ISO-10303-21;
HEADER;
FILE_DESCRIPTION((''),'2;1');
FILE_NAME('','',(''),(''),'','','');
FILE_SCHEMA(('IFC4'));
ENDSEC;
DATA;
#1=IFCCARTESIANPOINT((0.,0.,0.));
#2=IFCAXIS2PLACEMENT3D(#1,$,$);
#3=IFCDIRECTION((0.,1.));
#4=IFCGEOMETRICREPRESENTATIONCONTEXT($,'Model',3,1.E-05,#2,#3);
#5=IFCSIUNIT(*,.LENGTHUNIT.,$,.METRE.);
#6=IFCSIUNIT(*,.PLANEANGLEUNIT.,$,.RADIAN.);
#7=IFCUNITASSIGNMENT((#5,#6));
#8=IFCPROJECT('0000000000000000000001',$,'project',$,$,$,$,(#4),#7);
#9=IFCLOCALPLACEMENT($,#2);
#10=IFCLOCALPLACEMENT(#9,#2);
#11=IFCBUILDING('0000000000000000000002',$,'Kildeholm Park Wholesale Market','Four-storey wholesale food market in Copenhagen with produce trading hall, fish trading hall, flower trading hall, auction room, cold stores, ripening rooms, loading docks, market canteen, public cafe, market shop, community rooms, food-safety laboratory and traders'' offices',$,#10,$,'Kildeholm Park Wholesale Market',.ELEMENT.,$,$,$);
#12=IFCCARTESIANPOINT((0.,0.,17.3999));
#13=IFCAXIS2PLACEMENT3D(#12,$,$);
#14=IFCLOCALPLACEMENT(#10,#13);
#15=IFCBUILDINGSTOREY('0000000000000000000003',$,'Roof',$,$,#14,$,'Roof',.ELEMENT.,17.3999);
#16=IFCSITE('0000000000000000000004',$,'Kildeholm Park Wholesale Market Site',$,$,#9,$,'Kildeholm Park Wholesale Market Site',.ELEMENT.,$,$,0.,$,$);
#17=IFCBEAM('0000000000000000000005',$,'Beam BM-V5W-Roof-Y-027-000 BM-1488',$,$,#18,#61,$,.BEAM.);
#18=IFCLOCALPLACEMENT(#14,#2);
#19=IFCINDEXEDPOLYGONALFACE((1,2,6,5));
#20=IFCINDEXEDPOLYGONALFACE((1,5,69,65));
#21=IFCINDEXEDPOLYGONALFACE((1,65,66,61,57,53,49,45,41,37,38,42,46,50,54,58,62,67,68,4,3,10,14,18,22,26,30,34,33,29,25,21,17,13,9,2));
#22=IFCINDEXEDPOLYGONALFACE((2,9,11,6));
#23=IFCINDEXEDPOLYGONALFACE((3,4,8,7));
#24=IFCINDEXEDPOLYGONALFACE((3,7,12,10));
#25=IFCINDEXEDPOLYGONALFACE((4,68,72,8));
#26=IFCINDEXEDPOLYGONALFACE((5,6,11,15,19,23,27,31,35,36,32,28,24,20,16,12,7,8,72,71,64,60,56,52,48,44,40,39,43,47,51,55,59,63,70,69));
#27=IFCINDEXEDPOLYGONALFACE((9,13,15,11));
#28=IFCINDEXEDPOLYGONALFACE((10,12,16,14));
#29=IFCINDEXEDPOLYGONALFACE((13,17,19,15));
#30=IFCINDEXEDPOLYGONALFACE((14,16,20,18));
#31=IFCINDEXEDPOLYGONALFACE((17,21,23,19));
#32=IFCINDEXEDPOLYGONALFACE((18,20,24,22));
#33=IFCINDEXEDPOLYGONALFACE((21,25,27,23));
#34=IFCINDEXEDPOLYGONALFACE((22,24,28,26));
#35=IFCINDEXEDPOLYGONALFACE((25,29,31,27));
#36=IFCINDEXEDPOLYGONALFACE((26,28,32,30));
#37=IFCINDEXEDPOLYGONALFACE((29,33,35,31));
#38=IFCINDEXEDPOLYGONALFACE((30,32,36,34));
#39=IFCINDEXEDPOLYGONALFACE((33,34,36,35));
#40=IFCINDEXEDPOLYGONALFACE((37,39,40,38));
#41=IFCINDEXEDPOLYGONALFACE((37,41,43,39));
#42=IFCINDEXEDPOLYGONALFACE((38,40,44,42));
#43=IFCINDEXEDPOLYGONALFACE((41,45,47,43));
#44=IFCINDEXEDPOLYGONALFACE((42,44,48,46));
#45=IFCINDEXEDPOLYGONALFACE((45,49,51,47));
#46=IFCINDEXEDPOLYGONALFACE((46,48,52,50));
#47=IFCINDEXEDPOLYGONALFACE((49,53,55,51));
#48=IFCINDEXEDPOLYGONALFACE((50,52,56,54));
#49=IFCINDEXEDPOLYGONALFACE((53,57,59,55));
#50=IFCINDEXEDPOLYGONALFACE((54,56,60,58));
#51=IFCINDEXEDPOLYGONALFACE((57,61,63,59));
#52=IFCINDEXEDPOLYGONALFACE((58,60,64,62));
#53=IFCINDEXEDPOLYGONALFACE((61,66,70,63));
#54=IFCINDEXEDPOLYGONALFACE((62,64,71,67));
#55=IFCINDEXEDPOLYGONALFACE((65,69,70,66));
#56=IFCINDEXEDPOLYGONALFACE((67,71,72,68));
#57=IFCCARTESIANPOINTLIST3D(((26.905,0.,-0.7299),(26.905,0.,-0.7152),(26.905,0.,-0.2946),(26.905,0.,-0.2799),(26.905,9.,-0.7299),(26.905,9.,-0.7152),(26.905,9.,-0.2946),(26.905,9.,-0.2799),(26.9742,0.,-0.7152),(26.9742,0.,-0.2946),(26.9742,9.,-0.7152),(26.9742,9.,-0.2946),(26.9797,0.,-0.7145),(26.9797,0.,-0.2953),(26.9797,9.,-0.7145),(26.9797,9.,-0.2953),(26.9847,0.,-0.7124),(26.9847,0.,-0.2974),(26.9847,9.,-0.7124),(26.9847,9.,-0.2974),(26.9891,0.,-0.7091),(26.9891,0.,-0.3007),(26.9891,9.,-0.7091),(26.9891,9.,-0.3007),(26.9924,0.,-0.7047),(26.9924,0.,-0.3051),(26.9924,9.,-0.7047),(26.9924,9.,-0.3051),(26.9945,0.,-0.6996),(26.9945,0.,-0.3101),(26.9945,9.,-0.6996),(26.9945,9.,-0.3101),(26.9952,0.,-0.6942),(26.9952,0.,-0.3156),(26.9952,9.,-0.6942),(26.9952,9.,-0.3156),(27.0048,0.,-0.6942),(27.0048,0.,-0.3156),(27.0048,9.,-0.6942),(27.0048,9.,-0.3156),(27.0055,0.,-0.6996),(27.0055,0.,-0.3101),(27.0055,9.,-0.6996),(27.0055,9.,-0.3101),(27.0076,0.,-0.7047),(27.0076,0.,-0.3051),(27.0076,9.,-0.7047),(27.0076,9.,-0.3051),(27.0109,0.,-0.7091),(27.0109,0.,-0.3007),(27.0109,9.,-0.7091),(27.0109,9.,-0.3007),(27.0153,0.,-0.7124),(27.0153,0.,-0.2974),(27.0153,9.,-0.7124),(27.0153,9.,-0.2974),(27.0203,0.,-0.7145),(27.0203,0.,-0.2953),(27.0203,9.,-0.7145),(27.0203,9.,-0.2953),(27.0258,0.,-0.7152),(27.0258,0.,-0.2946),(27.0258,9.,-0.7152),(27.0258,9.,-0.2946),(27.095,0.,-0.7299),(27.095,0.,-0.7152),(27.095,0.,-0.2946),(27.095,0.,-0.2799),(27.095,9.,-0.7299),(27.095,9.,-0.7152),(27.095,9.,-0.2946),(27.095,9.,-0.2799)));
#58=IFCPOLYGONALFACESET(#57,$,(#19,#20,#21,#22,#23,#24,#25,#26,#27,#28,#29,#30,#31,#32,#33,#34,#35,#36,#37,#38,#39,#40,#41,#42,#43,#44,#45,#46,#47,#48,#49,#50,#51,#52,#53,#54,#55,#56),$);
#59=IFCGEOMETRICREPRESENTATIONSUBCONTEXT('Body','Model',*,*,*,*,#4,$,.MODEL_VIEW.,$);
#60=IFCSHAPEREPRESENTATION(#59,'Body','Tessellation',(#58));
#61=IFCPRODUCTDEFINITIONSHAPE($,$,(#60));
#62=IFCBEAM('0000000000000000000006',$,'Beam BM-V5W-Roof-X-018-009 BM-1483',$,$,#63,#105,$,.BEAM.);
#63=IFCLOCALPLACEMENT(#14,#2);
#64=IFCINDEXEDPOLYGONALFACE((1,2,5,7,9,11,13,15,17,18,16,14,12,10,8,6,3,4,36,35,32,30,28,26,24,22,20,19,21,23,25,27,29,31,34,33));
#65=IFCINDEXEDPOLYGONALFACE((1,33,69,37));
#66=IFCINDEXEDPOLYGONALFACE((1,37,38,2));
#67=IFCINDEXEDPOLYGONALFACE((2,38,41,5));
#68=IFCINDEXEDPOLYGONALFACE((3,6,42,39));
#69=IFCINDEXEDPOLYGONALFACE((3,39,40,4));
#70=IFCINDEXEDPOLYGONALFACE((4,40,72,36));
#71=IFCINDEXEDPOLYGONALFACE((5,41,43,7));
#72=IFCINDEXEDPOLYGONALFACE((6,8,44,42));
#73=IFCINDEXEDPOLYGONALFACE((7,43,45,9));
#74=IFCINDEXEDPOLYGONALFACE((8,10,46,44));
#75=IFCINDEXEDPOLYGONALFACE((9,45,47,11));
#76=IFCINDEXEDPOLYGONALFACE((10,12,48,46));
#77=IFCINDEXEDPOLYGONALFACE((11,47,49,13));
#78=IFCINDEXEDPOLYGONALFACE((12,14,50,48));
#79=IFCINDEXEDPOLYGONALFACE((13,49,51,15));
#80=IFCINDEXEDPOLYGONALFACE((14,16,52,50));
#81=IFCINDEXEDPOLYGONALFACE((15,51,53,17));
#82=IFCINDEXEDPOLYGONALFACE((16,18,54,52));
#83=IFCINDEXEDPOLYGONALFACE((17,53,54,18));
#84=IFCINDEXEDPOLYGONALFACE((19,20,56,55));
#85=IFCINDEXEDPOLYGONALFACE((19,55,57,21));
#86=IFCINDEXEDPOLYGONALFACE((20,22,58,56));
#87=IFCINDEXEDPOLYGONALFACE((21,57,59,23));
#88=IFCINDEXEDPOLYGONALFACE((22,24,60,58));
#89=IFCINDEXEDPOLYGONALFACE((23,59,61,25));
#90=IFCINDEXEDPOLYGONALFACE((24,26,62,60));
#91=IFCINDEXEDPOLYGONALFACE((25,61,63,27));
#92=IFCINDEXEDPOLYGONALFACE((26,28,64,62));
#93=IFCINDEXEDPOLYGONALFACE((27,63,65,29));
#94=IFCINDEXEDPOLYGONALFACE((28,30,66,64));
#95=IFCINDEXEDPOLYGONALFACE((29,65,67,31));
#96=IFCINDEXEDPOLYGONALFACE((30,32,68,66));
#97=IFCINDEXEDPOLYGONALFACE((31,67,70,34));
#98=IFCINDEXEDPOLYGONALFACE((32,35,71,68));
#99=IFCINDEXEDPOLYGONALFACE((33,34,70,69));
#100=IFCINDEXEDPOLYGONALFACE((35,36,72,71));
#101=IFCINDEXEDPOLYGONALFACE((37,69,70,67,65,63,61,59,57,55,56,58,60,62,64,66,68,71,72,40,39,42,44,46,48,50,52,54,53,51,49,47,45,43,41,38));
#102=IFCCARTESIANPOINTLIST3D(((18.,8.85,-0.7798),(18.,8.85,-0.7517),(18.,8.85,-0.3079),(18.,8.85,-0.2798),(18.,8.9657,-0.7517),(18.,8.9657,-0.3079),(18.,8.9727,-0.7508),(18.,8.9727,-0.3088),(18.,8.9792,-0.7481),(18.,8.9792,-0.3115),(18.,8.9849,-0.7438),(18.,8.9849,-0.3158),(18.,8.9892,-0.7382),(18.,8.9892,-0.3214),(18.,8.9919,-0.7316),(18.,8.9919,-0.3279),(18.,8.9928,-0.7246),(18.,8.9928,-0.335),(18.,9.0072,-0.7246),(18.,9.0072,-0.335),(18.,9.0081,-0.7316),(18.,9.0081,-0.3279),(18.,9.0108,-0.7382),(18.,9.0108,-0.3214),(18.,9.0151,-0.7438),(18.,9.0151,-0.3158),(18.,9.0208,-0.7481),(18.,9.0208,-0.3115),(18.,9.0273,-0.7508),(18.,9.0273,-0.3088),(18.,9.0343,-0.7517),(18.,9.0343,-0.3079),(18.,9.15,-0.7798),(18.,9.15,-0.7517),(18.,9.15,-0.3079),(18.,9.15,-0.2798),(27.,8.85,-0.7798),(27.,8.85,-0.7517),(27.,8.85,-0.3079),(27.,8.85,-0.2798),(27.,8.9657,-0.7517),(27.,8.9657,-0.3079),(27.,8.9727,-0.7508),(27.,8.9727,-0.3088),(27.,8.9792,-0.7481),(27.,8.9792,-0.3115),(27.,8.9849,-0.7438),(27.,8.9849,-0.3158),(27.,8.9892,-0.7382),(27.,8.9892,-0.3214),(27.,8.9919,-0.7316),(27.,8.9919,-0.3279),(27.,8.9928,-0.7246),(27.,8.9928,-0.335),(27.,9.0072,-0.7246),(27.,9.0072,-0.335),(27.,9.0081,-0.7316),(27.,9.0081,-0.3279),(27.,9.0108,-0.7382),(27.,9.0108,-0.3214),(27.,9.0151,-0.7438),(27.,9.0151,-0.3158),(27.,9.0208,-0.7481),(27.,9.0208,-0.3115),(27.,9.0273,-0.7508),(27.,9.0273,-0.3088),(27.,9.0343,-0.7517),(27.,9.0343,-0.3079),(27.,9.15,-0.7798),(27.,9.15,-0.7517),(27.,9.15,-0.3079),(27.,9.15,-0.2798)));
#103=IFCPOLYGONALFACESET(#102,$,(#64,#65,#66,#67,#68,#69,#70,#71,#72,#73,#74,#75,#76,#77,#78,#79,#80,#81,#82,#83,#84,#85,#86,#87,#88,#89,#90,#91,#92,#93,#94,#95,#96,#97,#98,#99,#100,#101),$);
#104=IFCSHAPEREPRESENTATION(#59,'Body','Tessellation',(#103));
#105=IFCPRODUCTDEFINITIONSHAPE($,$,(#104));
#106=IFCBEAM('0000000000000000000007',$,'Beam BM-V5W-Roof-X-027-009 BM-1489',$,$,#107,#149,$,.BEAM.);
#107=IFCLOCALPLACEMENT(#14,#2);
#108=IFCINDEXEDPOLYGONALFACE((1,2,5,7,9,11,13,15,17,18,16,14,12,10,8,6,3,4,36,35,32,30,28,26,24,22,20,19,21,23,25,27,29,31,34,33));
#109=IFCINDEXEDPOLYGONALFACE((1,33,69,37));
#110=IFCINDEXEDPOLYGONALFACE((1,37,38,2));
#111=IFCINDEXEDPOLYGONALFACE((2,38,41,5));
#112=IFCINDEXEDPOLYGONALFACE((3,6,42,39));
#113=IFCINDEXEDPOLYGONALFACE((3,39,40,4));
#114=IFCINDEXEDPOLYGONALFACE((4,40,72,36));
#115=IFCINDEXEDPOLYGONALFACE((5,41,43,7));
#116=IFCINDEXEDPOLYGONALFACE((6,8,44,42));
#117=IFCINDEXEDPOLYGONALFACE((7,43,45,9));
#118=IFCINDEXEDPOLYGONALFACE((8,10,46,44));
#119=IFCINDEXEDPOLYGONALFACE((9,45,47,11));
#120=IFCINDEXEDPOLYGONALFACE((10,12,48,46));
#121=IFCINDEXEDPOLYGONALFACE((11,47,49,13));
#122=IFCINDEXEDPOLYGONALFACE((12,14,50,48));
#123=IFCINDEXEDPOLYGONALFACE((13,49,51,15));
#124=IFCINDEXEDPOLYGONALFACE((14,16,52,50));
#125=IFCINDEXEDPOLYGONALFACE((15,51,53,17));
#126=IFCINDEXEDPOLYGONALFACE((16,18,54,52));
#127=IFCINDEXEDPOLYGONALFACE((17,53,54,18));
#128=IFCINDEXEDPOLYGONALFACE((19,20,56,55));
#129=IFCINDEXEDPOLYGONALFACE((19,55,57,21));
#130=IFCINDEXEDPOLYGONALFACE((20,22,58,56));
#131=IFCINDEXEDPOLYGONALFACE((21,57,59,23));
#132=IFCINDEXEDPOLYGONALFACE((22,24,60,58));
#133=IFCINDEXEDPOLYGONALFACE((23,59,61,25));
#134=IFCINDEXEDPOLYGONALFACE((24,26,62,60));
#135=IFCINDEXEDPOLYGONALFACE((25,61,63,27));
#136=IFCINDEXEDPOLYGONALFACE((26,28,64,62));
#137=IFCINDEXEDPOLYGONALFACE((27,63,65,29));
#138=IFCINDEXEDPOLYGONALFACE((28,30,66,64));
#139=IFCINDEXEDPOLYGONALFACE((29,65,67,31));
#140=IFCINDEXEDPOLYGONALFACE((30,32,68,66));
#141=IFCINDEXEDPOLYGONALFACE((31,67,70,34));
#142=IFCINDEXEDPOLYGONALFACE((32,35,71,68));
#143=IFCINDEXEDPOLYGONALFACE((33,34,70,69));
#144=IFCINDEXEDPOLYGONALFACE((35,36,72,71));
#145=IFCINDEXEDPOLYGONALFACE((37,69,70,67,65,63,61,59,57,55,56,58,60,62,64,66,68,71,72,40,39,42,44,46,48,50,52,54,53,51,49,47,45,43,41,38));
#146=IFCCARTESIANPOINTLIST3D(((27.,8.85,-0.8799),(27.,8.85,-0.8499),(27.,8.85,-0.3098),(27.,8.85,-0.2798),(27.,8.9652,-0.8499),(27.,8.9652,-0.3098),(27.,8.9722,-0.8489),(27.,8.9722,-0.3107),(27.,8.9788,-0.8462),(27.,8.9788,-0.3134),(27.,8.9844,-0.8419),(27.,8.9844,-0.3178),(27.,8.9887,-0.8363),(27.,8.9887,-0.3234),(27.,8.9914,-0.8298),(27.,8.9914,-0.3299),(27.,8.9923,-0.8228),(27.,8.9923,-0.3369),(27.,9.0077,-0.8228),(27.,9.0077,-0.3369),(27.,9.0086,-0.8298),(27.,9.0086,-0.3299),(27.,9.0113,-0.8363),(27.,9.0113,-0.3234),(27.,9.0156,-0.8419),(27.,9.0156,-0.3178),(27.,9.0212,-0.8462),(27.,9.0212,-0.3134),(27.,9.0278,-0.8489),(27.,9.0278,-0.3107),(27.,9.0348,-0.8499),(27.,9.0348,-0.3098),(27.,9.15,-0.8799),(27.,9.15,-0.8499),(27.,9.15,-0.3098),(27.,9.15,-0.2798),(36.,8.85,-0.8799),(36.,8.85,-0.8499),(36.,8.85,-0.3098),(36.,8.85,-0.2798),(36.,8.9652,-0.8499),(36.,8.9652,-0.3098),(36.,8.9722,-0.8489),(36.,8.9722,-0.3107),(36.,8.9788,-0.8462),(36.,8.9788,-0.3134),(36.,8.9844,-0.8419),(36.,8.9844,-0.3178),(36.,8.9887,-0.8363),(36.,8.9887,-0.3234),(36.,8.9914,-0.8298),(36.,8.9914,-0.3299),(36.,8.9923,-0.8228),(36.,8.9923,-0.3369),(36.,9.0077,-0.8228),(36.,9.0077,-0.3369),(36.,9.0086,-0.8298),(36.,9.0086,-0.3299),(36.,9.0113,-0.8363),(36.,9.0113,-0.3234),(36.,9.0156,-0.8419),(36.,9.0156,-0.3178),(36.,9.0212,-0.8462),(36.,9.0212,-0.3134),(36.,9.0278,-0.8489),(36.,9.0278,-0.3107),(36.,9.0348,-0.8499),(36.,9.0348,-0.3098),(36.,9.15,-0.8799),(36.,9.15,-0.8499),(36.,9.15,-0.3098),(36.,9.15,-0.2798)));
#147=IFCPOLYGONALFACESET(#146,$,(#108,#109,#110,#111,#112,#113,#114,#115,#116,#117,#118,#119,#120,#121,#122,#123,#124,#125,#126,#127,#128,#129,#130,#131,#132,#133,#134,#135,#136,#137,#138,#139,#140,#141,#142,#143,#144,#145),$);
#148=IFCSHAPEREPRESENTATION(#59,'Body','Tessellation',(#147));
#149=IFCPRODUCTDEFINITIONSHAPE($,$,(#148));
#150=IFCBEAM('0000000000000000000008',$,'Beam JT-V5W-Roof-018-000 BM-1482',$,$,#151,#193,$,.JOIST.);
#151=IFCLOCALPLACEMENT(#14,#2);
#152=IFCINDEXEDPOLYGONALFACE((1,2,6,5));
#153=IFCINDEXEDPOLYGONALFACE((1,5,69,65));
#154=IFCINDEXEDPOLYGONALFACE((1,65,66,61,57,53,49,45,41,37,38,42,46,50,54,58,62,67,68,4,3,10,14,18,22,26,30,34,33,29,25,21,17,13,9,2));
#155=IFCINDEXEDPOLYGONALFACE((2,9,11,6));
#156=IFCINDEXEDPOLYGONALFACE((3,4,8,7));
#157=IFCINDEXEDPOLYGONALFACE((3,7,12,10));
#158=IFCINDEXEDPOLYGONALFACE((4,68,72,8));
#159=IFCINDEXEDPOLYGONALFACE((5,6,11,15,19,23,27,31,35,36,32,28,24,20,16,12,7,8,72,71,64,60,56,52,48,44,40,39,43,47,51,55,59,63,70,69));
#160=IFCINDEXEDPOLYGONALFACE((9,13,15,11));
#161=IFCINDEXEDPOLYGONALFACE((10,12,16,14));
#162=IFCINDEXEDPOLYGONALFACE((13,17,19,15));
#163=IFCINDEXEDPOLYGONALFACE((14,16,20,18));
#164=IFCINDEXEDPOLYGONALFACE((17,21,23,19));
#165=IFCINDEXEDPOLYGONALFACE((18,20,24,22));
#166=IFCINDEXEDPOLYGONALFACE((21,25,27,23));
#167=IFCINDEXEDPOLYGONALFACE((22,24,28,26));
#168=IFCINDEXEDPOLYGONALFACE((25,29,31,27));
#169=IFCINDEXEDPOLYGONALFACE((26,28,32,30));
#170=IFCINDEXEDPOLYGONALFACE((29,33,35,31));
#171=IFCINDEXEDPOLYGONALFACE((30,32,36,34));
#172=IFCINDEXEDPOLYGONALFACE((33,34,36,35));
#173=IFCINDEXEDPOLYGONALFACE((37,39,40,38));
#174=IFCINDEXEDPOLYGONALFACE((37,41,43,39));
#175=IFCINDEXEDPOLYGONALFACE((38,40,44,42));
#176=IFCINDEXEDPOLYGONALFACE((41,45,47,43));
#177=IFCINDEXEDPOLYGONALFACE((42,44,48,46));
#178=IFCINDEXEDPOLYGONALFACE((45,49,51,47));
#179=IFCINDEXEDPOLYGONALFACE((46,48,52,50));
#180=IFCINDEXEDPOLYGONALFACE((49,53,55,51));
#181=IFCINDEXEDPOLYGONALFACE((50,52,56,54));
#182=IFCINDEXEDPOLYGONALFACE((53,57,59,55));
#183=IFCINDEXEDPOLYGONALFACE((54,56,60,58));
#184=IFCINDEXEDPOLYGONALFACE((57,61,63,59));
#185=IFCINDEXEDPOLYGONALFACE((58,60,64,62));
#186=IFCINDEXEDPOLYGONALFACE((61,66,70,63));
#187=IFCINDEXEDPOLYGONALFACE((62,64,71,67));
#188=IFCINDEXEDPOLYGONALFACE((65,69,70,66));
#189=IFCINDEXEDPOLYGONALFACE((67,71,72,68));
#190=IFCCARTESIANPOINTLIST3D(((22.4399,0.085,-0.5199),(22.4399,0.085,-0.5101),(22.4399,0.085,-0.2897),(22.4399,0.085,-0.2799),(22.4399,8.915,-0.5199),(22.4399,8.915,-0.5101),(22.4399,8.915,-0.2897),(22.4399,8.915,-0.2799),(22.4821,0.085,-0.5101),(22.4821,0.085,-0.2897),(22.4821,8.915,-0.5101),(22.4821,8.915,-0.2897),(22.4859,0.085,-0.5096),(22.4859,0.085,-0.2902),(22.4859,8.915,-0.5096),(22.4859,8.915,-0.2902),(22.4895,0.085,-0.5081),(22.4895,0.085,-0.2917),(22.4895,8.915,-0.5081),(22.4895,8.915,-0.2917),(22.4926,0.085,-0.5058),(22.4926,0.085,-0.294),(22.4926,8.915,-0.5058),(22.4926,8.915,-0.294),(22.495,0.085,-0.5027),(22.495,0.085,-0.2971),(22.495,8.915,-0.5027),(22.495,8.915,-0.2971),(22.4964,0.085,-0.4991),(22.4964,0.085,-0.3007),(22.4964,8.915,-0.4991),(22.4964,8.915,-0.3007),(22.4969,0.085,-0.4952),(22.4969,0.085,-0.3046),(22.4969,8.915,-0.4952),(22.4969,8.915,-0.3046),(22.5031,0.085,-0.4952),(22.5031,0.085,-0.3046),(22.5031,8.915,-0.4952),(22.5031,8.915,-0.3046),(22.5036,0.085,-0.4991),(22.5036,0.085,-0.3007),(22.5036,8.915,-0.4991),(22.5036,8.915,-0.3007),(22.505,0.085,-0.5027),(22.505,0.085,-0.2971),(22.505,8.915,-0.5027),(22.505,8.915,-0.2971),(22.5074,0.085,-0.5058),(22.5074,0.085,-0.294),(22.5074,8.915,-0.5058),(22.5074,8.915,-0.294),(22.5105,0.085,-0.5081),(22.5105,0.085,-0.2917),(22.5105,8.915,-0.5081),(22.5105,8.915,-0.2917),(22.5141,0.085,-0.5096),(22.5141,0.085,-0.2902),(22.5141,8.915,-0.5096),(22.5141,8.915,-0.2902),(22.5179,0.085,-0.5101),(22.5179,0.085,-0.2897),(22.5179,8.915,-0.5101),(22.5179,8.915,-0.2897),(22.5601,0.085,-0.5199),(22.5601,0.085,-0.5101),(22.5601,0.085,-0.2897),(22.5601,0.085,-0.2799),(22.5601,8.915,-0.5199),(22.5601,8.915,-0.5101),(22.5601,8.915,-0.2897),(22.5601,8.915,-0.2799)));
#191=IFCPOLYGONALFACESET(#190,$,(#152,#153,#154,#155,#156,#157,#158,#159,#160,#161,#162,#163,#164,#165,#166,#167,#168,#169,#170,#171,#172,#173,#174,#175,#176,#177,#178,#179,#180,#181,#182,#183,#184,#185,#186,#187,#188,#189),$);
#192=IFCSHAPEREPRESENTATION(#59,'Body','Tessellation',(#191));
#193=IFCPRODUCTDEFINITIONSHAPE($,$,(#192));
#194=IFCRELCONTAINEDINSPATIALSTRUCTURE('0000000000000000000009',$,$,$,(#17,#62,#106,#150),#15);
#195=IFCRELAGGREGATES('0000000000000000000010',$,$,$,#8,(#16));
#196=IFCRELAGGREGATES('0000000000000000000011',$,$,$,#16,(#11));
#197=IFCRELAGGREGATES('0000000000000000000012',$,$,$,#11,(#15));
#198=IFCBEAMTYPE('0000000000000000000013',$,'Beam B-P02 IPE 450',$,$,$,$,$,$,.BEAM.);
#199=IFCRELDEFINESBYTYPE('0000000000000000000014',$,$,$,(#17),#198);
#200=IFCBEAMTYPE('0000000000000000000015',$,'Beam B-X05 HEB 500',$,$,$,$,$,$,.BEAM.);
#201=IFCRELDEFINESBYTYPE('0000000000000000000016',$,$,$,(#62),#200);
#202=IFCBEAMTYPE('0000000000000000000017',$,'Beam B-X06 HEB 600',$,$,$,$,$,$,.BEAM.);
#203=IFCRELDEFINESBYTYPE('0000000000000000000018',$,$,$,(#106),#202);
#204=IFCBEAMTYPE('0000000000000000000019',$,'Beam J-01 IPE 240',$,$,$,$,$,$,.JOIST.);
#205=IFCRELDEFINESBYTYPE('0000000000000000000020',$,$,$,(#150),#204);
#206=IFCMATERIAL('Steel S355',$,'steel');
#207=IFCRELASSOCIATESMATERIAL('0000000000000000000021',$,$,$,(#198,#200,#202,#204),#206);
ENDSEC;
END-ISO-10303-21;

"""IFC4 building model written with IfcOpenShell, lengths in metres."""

from ifc_helpers import new_model, si_unit, direction, frame, origin, origin_2d, place, context, subcontext, project, spatial, i_section, extrude, material, material_profile, profile_set, type_object, element, save


model = new_model("IFC4")

# Units and contexts
model_context = context("Model", 3, precision=1e-05, world=origin(), true_north=direction((0.0, 1.0)))
body_context = subcontext(model_context, "Body", "Model", "MODEL_VIEW")
ifc_project = project(units=[si_unit("LENGTHUNIT", "METRE"), si_unit("PLANEANGLEUNIT", "RADIAN")], contexts=[model_context])

# Site, building, storey
site_placement = place(None, origin())
site = spatial("IfcSite", under=ifc_project, at=site_placement, Name="Kildeholm Park Wholesale Market Site", LongName="Kildeholm Park Wholesale Market Site", CompositionType="ELEMENT", RefElevation=0.0)
building_placement = place(site_placement, origin())
building = spatial("IfcBuilding", under=site, at=building_placement, Name="Kildeholm Park Wholesale Market", Description="Four-storey wholesale food market in Copenhagen with produce trading hall, fish trading hall, flower trading hall, auction room, cold stores, ripening rooms, loading docks, market canteen, public cafe, market shop, community rooms, food-safety laboratory and traders' offices", LongName="Kildeholm Park Wholesale Market", CompositionType="ELEMENT")
storey_placement = place(building_placement, frame((0.0, 0.0, 17.3999)))
storey = spatial("IfcBuildingStorey", under=building, at=storey_placement, Name="Roof", LongName="Roof", CompositionType="ELEMENT", Elevation=17.3999)

# Beams
ifc_material_1 = material(Name="Steel S355", Category="steel")
ifc_material_profile_1 = material_profile(ifc_material_1, i_section(OverallWidth=0.1899, OverallDepth=0.45, WebThickness=0.0095, FlangeThickness=0.0146, FilletRadius=0.021, at=origin_2d()), Name="IPE 450")
ifc_profile_set_1 = profile_set([ifc_material_profile_1], Name="Steel S355")
beam_type_1 = type_object("IfcBeamType", Name="Beam B-P02 IPE 450", PredefinedType="BEAM", material=ifc_profile_set_1)
beam_1_placement = place(storey_placement, frame((27.0, 0.0, -0.5049), z_axis=(0.0, 1.0, 0.0), x_axis=(-1.0, 0.0, 0.0)))
element("IfcBeam", 1, at=beam_1_placement, inside=storey, type_object=beam_type_1, Name="Beam BM-V5W-Roof-Y-027-000 BM-1488", PredefinedType="BEAM", context=body_context, shape_type="SweptSolid", body=[
    extrude(i_section(OverallWidth=0.1899, OverallDepth=0.45, WebThickness=0.0095, FlangeThickness=0.0146, FilletRadius=0.021, at=origin_2d()), origin(), (0.0, 0.0, 1.0), 9.0),
])
ifc_material_profile_2 = material_profile(ifc_material_1, i_section(OverallWidth=0.3, OverallDepth=0.5, WebThickness=0.0144, FlangeThickness=0.0281, FilletRadius=0.0271, at=origin_2d()), Name="HEB 500")
ifc_profile_set_2 = profile_set([ifc_material_profile_2], Name="Steel S355")
beam_type_2 = type_object("IfcBeamType", Name="Beam B-X05 HEB 500", PredefinedType="BEAM", material=ifc_profile_set_2)
beam_2_placement = place(storey_placement, frame((18.0, 9.0, -0.5298), z_axis=(1.0, 0.0, 0.0), x_axis=(0.0, 1.0, 0.0)))
element("IfcBeam", 2, at=beam_2_placement, inside=storey, type_object=beam_type_2, Name="Beam BM-V5W-Roof-X-018-009 BM-1483", PredefinedType="BEAM", context=body_context, shape_type="SweptSolid", body=[
    extrude(i_section(OverallWidth=0.3, OverallDepth=0.5, WebThickness=0.0144, FlangeThickness=0.0281, FilletRadius=0.0271, at=origin_2d()), origin(), (0.0, 0.0, 1.0), 9.0),
])
ifc_material_profile_3 = material_profile(ifc_material_1, i_section(OverallWidth=0.3, OverallDepth=0.6001, WebThickness=0.0154, FlangeThickness=0.03, FilletRadius=0.0271, at=origin_2d()), Name="HEB 600")
ifc_profile_set_3 = profile_set([ifc_material_profile_3], Name="Steel S355")
beam_type_3 = type_object("IfcBeamType", Name="Beam B-X06 HEB 600", PredefinedType="BEAM", material=ifc_profile_set_3)
beam_3_placement = place(storey_placement, frame((27.0, 9.0, -0.5798), z_axis=(1.0, 0.0, 0.0), x_axis=(0.0, 1.0, 0.0)))
element("IfcBeam", 3, at=beam_3_placement, inside=storey, type_object=beam_type_3, Name="Beam BM-V5W-Roof-X-027-009 BM-1489", PredefinedType="BEAM", context=body_context, shape_type="SweptSolid", body=[
    extrude(i_section(OverallWidth=0.3, OverallDepth=0.6001, WebThickness=0.0154, FlangeThickness=0.03, FilletRadius=0.0271, at=origin_2d()), origin(), (0.0, 0.0, 1.0), 9.0),
])
ifc_material_profile_4 = material_profile(ifc_material_1, i_section(OverallWidth=0.1201, OverallDepth=0.24, WebThickness=0.0061, FlangeThickness=0.0098, FilletRadius=0.0149, at=origin_2d()), Name="IPE 240")
ifc_profile_set_4 = profile_set([ifc_material_profile_4], Name="Steel S355")
beam_type_4 = type_object("IfcBeamType", Name="Beam J-01 IPE 240", PredefinedType="JOIST", material=ifc_profile_set_4)
beam_4_placement = place(storey_placement, frame((22.5, 0.085, -0.3999), z_axis=(0.0, 1.0, 0.0), x_axis=(-1.0, 0.0, 0.0)))
element("IfcBeam", 4, at=beam_4_placement, inside=storey, type_object=beam_type_4, Name="Beam JT-V5W-Roof-018-000 BM-1482", PredefinedType="JOIST", context=body_context, shape_type="SweptSolid", body=[
    extrude(i_section(OverallWidth=0.1201, OverallDepth=0.24, WebThickness=0.0061, FlangeThickness=0.0098, FilletRadius=0.0149, at=origin_2d()), origin(), (0.0, 0.0, 1.0), 8.8301),
])

save(model, "model.ifc")
